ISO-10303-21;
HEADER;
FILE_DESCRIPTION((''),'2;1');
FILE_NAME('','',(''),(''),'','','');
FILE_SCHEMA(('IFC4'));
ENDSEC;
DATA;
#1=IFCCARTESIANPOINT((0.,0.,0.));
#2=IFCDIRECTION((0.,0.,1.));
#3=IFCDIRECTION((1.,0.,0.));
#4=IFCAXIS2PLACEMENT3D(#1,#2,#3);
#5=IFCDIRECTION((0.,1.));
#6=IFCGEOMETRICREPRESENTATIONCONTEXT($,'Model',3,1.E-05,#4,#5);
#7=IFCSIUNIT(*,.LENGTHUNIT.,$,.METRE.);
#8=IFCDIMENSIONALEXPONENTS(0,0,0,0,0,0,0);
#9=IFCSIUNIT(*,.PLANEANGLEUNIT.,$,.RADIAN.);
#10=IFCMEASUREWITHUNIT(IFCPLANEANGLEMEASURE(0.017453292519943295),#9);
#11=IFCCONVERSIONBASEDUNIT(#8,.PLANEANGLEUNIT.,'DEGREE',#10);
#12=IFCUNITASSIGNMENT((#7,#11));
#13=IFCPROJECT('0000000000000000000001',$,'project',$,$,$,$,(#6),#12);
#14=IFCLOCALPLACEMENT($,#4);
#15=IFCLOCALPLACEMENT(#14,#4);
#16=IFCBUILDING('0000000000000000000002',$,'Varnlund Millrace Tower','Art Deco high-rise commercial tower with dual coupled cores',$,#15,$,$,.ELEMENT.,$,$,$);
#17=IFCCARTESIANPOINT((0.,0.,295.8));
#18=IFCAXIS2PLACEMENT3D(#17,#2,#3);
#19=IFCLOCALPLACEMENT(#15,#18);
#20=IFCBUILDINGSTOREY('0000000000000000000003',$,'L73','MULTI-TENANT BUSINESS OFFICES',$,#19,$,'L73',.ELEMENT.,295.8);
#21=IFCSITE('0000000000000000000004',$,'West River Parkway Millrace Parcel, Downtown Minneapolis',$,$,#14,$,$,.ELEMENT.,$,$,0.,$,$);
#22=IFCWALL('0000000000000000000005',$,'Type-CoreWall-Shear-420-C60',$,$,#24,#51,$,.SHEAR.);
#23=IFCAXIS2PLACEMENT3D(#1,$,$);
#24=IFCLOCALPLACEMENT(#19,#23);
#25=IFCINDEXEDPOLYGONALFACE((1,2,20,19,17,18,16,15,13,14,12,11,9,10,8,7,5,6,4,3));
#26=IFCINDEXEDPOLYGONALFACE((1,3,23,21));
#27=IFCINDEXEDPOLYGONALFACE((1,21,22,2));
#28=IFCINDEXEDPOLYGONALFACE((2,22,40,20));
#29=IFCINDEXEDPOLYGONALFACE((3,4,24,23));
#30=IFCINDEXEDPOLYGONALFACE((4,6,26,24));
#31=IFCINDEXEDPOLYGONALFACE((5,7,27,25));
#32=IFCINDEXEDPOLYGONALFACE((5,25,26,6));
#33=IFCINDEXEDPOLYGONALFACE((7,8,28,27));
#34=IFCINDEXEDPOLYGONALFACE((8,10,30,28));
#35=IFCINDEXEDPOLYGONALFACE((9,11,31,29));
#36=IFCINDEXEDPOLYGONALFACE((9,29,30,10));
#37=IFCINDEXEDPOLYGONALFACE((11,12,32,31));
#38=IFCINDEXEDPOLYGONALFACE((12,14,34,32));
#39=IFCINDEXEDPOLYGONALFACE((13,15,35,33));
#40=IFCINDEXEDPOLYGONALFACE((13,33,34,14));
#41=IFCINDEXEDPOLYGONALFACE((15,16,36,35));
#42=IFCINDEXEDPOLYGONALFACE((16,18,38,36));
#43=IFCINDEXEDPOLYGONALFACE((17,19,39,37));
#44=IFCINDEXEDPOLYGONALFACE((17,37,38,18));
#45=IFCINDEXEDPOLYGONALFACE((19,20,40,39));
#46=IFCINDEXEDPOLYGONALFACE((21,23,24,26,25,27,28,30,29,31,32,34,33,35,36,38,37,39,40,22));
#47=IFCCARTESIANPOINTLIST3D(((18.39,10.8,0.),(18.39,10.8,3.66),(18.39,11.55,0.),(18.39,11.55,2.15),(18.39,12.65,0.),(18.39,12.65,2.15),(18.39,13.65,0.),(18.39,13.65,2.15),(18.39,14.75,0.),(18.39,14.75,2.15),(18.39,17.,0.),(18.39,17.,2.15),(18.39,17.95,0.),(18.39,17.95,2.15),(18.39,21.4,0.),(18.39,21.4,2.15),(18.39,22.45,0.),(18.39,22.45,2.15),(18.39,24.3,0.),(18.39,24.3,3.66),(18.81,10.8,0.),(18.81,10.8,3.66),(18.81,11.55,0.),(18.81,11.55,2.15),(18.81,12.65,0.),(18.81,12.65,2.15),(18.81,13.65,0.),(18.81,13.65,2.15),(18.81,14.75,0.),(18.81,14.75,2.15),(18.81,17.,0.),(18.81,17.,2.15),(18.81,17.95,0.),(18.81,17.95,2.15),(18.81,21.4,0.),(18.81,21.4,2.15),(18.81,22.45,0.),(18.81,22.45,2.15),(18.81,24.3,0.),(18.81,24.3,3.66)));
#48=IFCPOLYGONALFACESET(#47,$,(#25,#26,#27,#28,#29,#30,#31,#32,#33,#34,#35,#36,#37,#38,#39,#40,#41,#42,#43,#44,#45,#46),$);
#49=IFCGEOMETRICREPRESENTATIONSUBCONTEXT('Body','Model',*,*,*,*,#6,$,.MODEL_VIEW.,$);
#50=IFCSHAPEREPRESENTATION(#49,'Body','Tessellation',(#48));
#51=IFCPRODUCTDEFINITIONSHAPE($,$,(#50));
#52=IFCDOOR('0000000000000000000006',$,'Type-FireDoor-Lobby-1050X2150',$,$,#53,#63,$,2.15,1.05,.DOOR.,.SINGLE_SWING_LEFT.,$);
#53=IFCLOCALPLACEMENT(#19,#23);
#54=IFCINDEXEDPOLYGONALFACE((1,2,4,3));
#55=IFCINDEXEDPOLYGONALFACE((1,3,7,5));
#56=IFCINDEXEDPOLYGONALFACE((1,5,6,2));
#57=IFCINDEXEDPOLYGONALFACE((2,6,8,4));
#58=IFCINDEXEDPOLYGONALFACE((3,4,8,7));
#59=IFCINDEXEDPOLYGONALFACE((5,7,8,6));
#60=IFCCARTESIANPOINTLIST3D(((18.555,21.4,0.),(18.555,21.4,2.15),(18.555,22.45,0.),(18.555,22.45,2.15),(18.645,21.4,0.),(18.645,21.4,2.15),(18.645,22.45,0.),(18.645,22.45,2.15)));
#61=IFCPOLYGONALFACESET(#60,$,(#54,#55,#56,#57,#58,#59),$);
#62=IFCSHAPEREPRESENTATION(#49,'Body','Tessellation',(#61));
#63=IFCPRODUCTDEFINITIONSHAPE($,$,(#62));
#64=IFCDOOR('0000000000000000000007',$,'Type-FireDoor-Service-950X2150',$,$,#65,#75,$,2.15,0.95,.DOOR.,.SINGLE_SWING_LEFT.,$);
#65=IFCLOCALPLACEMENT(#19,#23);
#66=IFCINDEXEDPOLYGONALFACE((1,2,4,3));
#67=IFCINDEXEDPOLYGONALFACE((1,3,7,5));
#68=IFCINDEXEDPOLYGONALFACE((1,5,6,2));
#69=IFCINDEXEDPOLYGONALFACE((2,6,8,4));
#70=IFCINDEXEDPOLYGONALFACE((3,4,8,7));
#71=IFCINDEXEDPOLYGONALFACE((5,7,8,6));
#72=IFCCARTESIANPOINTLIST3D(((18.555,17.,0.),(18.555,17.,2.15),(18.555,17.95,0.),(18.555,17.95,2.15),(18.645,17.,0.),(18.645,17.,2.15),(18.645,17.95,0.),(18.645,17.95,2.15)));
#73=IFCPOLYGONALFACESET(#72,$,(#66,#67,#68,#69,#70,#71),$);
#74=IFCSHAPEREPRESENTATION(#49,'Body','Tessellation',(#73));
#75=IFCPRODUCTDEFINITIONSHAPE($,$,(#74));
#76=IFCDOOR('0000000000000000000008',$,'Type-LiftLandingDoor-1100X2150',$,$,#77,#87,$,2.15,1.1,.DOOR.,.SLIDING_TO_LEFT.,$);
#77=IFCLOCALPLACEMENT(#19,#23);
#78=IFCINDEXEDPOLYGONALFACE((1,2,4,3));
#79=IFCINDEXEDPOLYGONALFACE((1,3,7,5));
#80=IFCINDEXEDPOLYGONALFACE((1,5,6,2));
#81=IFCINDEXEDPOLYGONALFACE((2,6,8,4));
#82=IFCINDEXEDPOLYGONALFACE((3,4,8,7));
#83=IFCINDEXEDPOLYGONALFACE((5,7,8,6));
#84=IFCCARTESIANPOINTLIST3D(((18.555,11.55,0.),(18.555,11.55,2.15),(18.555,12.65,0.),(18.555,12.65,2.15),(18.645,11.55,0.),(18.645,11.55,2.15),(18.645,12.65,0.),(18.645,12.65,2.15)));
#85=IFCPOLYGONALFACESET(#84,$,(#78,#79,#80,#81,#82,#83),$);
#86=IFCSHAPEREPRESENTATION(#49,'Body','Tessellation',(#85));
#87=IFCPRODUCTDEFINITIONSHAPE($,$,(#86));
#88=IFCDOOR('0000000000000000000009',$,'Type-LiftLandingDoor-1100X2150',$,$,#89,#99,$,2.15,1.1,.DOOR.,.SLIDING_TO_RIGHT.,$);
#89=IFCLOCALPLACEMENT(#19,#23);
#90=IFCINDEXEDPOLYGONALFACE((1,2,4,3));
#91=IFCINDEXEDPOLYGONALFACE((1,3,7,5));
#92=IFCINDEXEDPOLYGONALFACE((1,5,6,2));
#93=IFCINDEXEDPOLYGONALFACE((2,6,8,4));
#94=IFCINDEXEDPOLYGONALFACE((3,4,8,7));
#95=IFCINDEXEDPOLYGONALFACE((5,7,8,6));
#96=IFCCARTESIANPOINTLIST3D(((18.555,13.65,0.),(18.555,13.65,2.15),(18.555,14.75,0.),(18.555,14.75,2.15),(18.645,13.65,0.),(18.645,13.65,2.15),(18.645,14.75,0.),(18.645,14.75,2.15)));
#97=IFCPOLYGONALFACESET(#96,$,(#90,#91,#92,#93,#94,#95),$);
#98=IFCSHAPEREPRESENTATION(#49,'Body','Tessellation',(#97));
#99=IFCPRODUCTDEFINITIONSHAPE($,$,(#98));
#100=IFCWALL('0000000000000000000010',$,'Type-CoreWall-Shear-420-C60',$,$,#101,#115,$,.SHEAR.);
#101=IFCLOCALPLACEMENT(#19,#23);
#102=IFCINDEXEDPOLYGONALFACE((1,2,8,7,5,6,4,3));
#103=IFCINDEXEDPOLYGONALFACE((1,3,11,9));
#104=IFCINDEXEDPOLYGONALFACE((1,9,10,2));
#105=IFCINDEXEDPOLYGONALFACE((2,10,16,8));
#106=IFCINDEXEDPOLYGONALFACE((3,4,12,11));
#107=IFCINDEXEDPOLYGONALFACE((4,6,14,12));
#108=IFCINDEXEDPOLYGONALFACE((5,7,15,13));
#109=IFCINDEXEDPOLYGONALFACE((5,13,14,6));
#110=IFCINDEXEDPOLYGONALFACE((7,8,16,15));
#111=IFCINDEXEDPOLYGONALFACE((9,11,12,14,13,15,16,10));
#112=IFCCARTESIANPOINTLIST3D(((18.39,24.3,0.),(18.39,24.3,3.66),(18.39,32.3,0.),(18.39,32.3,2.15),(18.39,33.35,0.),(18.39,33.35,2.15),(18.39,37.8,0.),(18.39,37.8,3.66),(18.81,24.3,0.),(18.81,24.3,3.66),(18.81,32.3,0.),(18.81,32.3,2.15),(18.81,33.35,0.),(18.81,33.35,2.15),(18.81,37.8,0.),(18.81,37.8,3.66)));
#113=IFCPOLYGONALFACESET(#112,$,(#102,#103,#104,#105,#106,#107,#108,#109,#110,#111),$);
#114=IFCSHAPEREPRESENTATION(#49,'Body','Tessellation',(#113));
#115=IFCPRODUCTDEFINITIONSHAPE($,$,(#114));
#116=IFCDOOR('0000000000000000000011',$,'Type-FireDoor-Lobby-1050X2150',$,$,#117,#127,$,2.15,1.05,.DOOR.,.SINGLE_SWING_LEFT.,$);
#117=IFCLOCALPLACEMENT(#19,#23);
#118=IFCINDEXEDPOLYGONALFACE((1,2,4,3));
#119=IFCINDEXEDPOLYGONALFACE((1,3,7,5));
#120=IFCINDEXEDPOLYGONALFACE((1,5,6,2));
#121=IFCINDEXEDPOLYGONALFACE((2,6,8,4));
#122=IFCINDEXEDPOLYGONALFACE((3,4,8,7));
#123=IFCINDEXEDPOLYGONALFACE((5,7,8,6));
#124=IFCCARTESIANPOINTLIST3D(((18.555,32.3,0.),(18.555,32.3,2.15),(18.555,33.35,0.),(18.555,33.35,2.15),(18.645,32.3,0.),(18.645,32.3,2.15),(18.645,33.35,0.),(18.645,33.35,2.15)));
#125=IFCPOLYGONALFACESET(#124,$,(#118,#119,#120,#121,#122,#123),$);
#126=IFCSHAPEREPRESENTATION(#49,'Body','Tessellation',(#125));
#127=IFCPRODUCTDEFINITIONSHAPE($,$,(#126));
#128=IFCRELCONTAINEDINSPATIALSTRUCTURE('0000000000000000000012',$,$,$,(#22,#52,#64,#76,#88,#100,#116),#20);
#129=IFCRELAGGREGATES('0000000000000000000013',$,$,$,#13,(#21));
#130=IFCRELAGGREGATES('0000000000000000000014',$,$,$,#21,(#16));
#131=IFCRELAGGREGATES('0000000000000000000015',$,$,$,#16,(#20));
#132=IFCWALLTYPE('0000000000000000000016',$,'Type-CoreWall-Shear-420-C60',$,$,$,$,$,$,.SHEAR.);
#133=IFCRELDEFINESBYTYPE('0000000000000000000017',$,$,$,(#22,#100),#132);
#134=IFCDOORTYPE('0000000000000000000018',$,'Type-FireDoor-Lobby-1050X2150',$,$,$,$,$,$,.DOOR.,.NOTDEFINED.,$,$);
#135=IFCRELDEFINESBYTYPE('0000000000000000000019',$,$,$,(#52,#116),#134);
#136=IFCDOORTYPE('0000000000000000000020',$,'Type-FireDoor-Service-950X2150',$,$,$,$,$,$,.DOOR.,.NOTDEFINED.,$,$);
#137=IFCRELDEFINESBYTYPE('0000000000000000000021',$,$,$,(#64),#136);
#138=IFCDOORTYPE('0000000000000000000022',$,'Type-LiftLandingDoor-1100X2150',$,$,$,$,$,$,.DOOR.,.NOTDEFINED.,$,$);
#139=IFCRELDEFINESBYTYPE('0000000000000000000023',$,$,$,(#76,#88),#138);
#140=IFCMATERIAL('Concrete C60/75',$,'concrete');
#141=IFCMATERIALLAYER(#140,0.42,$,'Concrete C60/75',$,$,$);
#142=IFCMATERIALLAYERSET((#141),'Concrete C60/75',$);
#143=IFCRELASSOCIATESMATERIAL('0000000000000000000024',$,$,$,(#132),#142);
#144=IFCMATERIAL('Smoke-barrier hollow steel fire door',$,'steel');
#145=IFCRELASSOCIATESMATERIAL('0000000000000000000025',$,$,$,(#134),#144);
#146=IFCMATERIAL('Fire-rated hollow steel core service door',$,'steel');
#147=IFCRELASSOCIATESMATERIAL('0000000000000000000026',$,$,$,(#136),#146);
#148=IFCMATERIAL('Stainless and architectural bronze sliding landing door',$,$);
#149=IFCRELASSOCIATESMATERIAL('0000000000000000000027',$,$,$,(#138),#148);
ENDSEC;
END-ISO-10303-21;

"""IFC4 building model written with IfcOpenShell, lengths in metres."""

from ifc_helpers import new_model, entity, si_unit, converted_unit, direction, frame, origin_with_axes, origin_2d_with_axis, place, context, subcontext, project, spatial, polyline, rectangle, outline, extrude, material, layer, layer_set, type_object, element, fill, save


model = new_model("IFC4")

# Units and contexts
model_context = context("Model", 3, precision=1e-05, world=origin_with_axes(), true_north=direction((0.0, 1.0)))
body_context = subcontext(model_context, "Body", "Model", "MODEL_VIEW")
ifc_project = project(units=[si_unit("LENGTHUNIT", "METRE"), converted_unit("PLANEANGLEUNIT", "DEGREE", entity("IfcPlaneAngleMeasure", 0.017453292519943295), si_unit("PLANEANGLEUNIT", "RADIAN"), dimensions=[0, 0, 0, 0, 0, 0, 0])], contexts=[model_context])

# Site, building, storey
site_placement = place(None, origin_with_axes())
site = spatial("IfcSite", under=ifc_project, at=site_placement, Name="West River Parkway Millrace Parcel, Downtown Minneapolis", CompositionType="ELEMENT", RefElevation=0.0)
building_placement = place(site_placement, origin_with_axes())
building = spatial("IfcBuilding", under=site, at=building_placement, Name="Varnlund Millrace Tower", Description="Art Deco high-rise commercial tower with dual coupled cores", CompositionType="ELEMENT")
storey_placement = place(building_placement, frame((0.0, 0.0, 295.8), z_axis=(0.0, 0.0, 1.0), x_axis=(1.0, 0.0, 0.0)))
storey = spatial("IfcBuildingStorey", under=building, at=storey_placement, Name="L73", Description="MULTI-TENANT BUSINESS OFFICES", LongName="L73", CompositionType="ELEMENT", Elevation=295.8)

# Shared definitions
ifc_material_1 = material(Name="Concrete C60/75", Category="concrete")

# Shared definitions
ifc_layer_1 = layer(ifc_material_1, 0.42, Name="Concrete C60/75")
ifc_layer_set_1 = layer_set([ifc_layer_1], Name="Concrete C60/75")
wall_type_1 = type_object("IfcWallType", Name="Type-CoreWall-Shear-420-C60", PredefinedType="SHEAR", material=ifc_layer_set_1)

# Wall, openings, doors
wall_1_placement = place(storey_placement, frame((18.6, 10.8, 0.0), z_axis=(0.0, 0.0, 1.0), x_axis=(0.0, 1.0, 0.0)))
wall_1 = element("IfcWall", 1, at=wall_1_placement, inside=storey, type_object=wall_type_1, Name="Type-CoreWall-Shear-420-C60", PredefinedType="SHEAR", context=body_context, shape_type="SweptSolid", body=[
    extrude(outline(polyline([(0.0, -0.21), (13.5, -0.21), (13.5, 0.21), (0.0, 0.21), (0.0, -0.21)])), origin_with_axes(), (0.0, 0.0, 1.0), 3.66),
])
opening_1_placement = place(wall_1_placement, frame((1.3, 0.0, 0.0), z_axis=(0.0, 0.0, 1.0), x_axis=(1.0, 0.0, 0.0)))
opening_1 = element("IfcOpeningElement", 2, at=opening_1_placement, cuts=wall_1, PredefinedType="OPENING", context=body_context, shape_type="SweptSolid", body=[
    extrude(rectangle(XDim=1.1, YDim=0.44, at=origin_2d_with_axis()), origin_with_axes(), (0.0, 0.0, 1.0), 2.15),
])
opening_2_placement = place(wall_1_placement, frame((3.4, 0.0, 0.0), z_axis=(0.0, 0.0, 1.0), x_axis=(1.0, 0.0, 0.0)))
opening_2 = element("IfcOpeningElement", 3, at=opening_2_placement, cuts=wall_1, PredefinedType="OPENING", context=body_context, shape_type="SweptSolid", body=[
    extrude(rectangle(XDim=1.1, YDim=0.44, at=origin_2d_with_axis()), origin_with_axes(), (0.0, 0.0, 1.0), 2.15),
])
opening_3_placement = place(wall_1_placement, frame((11.125, 0.0, 0.0), z_axis=(0.0, 0.0, 1.0), x_axis=(1.0, 0.0, 0.0)))
opening_3 = element("IfcOpeningElement", 4, at=opening_3_placement, cuts=wall_1, PredefinedType="OPENING", context=body_context, shape_type="SweptSolid", body=[
    extrude(rectangle(XDim=1.05, YDim=0.44, at=origin_2d_with_axis()), origin_with_axes(), (0.0, 0.0, 1.0), 2.15),
])
opening_4_placement = place(wall_1_placement, frame((6.675, 0.0, 0.0), z_axis=(0.0, 0.0, 1.0), x_axis=(1.0, 0.0, 0.0)))
opening_4 = element("IfcOpeningElement", 5, at=opening_4_placement, cuts=wall_1, PredefinedType="OPENING", context=body_context, shape_type="SweptSolid", body=[
    extrude(rectangle(XDim=0.95, YDim=0.44, at=origin_2d_with_axis()), origin_with_axes(), (0.0, 0.0, 1.0), 2.15),
])
ifc_material_2 = material(Name="Smoke-barrier hollow steel fire door", Category="steel")
door_type_1 = type_object("IfcDoorType", Name="Type-FireDoor-Lobby-1050X2150", OperationType="NOTDEFINED", PredefinedType="DOOR", material=ifc_material_2)
door_1_placement = place(wall_1_placement, frame((11.125, 0.0, 0.0), z_axis=(0.0, 0.0, 1.0), x_axis=(1.0, 0.0, 0.0)))
door_1 = element("IfcDoor", 6, at=door_1_placement, inside=storey, type_object=door_type_1, Name="Type-FireDoor-Lobby-1050X2150", OperationType="SINGLE_SWING_LEFT", OverallHeight=2.15, OverallWidth=1.05, PredefinedType="DOOR", context=body_context, shape_type="SweptSolid", body=[
    extrude(rectangle(XDim=1.05, YDim=0.09, at=origin_2d_with_axis()), origin_with_axes(), (0.0, 0.0, 1.0), 2.15),
])
fill(opening_3, door_1)
ifc_material_3 = material(Name="Fire-rated hollow steel core service door", Category="steel")
door_type_2 = type_object("IfcDoorType", Name="Type-FireDoor-Service-950X2150", OperationType="NOTDEFINED", PredefinedType="DOOR", material=ifc_material_3)
door_2_placement = place(wall_1_placement, frame((6.675, 0.0, 0.0), z_axis=(0.0, 0.0, 1.0), x_axis=(1.0, 0.0, 0.0)))
door_2 = element("IfcDoor", 7, at=door_2_placement, inside=storey, type_object=door_type_2, Name="Type-FireDoor-Service-950X2150", OperationType="SINGLE_SWING_LEFT", OverallHeight=2.15, OverallWidth=0.95, PredefinedType="DOOR", context=body_context, shape_type="SweptSolid", body=[
    extrude(rectangle(XDim=0.95, YDim=0.09, at=origin_2d_with_axis()), origin_with_axes(), (0.0, 0.0, 1.0), 2.15),
])
fill(opening_4, door_2)
ifc_material_4 = material(Name="Stainless and architectural bronze sliding landing door")
door_type_3 = type_object("IfcDoorType", Name="Type-LiftLandingDoor-1100X2150", OperationType="NOTDEFINED", PredefinedType="DOOR", material=ifc_material_4)
door_3_placement = place(wall_1_placement, frame((1.3, 0.0, 0.0), z_axis=(0.0, 0.0, 1.0), x_axis=(1.0, 0.0, 0.0)))
door_3 = element("IfcDoor", 8, at=door_3_placement, inside=storey, type_object=door_type_3, Name="Type-LiftLandingDoor-1100X2150", OperationType="SLIDING_TO_LEFT", OverallHeight=2.15, OverallWidth=1.1, PredefinedType="DOOR", context=body_context, shape_type="SweptSolid", body=[
    extrude(rectangle(XDim=1.1, YDim=0.09, at=origin_2d_with_axis()), origin_with_axes(), (0.0, 0.0, 1.0), 2.15),
])
fill(opening_1, door_3)
door_4_placement = place(wall_1_placement, frame((3.4, 0.0, 0.0), z_axis=(0.0, 0.0, 1.0), x_axis=(1.0, 0.0, 0.0)))
door_4 = element("IfcDoor", 9, at=door_4_placement, inside=storey, type_object=door_type_3, Name="Type-LiftLandingDoor-1100X2150", OperationType="SLIDING_TO_RIGHT", OverallHeight=2.15, OverallWidth=1.1, PredefinedType="DOOR", context=body_context, shape_type="SweptSolid", body=[
    extrude(rectangle(XDim=1.1, YDim=0.09, at=origin_2d_with_axis()), origin_with_axes(), (0.0, 0.0, 1.0), 2.15),
])
fill(opening_2, door_4)

# Wall, opening, door
wall_2_placement = place(storey_placement, frame((18.6, 24.3, 0.0), z_axis=(0.0, 0.0, 1.0), x_axis=(0.0, 1.0, 0.0)))
wall_2 = element("IfcWall", 10, at=wall_2_placement, inside=storey, type_object=wall_type_1, Name="Type-CoreWall-Shear-420-C60", PredefinedType="SHEAR", context=body_context, shape_type="SweptSolid", body=[
    extrude(outline(polyline([(0.0, -0.21), (13.5, -0.21), (13.5, 0.21), (0.0, 0.21), (0.0, -0.21)])), origin_with_axes(), (0.0, 0.0, 1.0), 3.66),
])
opening_5_placement = place(wall_2_placement, frame((8.525, 0.0, 0.0), z_axis=(0.0, 0.0, 1.0), x_axis=(1.0, 0.0, 0.0)))
opening_5 = element("IfcOpeningElement", 11, at=opening_5_placement, cuts=wall_2, PredefinedType="OPENING", context=body_context, shape_type="SweptSolid", body=[
    extrude(rectangle(XDim=1.05, YDim=0.44, at=origin_2d_with_axis()), origin_with_axes(), (0.0, 0.0, 1.0), 2.15),
])
door_5_placement = place(wall_2_placement, frame((8.525, 0.0, 0.0), z_axis=(0.0, 0.0, 1.0), x_axis=(1.0, 0.0, 0.0)))
door_5 = element("IfcDoor", 12, at=door_5_placement, inside=storey, type_object=door_type_1, Name="Type-FireDoor-Lobby-1050X2150", OperationType="SINGLE_SWING_LEFT", OverallHeight=2.15, OverallWidth=1.05, PredefinedType="DOOR", context=body_context, shape_type="SweptSolid", body=[
    extrude(rectangle(XDim=1.05, YDim=0.09, at=origin_2d_with_axis()), origin_with_axes(), (0.0, 0.0, 1.0), 2.15),
])
fill(opening_5, door_5)

save(model, "model.ifc")
